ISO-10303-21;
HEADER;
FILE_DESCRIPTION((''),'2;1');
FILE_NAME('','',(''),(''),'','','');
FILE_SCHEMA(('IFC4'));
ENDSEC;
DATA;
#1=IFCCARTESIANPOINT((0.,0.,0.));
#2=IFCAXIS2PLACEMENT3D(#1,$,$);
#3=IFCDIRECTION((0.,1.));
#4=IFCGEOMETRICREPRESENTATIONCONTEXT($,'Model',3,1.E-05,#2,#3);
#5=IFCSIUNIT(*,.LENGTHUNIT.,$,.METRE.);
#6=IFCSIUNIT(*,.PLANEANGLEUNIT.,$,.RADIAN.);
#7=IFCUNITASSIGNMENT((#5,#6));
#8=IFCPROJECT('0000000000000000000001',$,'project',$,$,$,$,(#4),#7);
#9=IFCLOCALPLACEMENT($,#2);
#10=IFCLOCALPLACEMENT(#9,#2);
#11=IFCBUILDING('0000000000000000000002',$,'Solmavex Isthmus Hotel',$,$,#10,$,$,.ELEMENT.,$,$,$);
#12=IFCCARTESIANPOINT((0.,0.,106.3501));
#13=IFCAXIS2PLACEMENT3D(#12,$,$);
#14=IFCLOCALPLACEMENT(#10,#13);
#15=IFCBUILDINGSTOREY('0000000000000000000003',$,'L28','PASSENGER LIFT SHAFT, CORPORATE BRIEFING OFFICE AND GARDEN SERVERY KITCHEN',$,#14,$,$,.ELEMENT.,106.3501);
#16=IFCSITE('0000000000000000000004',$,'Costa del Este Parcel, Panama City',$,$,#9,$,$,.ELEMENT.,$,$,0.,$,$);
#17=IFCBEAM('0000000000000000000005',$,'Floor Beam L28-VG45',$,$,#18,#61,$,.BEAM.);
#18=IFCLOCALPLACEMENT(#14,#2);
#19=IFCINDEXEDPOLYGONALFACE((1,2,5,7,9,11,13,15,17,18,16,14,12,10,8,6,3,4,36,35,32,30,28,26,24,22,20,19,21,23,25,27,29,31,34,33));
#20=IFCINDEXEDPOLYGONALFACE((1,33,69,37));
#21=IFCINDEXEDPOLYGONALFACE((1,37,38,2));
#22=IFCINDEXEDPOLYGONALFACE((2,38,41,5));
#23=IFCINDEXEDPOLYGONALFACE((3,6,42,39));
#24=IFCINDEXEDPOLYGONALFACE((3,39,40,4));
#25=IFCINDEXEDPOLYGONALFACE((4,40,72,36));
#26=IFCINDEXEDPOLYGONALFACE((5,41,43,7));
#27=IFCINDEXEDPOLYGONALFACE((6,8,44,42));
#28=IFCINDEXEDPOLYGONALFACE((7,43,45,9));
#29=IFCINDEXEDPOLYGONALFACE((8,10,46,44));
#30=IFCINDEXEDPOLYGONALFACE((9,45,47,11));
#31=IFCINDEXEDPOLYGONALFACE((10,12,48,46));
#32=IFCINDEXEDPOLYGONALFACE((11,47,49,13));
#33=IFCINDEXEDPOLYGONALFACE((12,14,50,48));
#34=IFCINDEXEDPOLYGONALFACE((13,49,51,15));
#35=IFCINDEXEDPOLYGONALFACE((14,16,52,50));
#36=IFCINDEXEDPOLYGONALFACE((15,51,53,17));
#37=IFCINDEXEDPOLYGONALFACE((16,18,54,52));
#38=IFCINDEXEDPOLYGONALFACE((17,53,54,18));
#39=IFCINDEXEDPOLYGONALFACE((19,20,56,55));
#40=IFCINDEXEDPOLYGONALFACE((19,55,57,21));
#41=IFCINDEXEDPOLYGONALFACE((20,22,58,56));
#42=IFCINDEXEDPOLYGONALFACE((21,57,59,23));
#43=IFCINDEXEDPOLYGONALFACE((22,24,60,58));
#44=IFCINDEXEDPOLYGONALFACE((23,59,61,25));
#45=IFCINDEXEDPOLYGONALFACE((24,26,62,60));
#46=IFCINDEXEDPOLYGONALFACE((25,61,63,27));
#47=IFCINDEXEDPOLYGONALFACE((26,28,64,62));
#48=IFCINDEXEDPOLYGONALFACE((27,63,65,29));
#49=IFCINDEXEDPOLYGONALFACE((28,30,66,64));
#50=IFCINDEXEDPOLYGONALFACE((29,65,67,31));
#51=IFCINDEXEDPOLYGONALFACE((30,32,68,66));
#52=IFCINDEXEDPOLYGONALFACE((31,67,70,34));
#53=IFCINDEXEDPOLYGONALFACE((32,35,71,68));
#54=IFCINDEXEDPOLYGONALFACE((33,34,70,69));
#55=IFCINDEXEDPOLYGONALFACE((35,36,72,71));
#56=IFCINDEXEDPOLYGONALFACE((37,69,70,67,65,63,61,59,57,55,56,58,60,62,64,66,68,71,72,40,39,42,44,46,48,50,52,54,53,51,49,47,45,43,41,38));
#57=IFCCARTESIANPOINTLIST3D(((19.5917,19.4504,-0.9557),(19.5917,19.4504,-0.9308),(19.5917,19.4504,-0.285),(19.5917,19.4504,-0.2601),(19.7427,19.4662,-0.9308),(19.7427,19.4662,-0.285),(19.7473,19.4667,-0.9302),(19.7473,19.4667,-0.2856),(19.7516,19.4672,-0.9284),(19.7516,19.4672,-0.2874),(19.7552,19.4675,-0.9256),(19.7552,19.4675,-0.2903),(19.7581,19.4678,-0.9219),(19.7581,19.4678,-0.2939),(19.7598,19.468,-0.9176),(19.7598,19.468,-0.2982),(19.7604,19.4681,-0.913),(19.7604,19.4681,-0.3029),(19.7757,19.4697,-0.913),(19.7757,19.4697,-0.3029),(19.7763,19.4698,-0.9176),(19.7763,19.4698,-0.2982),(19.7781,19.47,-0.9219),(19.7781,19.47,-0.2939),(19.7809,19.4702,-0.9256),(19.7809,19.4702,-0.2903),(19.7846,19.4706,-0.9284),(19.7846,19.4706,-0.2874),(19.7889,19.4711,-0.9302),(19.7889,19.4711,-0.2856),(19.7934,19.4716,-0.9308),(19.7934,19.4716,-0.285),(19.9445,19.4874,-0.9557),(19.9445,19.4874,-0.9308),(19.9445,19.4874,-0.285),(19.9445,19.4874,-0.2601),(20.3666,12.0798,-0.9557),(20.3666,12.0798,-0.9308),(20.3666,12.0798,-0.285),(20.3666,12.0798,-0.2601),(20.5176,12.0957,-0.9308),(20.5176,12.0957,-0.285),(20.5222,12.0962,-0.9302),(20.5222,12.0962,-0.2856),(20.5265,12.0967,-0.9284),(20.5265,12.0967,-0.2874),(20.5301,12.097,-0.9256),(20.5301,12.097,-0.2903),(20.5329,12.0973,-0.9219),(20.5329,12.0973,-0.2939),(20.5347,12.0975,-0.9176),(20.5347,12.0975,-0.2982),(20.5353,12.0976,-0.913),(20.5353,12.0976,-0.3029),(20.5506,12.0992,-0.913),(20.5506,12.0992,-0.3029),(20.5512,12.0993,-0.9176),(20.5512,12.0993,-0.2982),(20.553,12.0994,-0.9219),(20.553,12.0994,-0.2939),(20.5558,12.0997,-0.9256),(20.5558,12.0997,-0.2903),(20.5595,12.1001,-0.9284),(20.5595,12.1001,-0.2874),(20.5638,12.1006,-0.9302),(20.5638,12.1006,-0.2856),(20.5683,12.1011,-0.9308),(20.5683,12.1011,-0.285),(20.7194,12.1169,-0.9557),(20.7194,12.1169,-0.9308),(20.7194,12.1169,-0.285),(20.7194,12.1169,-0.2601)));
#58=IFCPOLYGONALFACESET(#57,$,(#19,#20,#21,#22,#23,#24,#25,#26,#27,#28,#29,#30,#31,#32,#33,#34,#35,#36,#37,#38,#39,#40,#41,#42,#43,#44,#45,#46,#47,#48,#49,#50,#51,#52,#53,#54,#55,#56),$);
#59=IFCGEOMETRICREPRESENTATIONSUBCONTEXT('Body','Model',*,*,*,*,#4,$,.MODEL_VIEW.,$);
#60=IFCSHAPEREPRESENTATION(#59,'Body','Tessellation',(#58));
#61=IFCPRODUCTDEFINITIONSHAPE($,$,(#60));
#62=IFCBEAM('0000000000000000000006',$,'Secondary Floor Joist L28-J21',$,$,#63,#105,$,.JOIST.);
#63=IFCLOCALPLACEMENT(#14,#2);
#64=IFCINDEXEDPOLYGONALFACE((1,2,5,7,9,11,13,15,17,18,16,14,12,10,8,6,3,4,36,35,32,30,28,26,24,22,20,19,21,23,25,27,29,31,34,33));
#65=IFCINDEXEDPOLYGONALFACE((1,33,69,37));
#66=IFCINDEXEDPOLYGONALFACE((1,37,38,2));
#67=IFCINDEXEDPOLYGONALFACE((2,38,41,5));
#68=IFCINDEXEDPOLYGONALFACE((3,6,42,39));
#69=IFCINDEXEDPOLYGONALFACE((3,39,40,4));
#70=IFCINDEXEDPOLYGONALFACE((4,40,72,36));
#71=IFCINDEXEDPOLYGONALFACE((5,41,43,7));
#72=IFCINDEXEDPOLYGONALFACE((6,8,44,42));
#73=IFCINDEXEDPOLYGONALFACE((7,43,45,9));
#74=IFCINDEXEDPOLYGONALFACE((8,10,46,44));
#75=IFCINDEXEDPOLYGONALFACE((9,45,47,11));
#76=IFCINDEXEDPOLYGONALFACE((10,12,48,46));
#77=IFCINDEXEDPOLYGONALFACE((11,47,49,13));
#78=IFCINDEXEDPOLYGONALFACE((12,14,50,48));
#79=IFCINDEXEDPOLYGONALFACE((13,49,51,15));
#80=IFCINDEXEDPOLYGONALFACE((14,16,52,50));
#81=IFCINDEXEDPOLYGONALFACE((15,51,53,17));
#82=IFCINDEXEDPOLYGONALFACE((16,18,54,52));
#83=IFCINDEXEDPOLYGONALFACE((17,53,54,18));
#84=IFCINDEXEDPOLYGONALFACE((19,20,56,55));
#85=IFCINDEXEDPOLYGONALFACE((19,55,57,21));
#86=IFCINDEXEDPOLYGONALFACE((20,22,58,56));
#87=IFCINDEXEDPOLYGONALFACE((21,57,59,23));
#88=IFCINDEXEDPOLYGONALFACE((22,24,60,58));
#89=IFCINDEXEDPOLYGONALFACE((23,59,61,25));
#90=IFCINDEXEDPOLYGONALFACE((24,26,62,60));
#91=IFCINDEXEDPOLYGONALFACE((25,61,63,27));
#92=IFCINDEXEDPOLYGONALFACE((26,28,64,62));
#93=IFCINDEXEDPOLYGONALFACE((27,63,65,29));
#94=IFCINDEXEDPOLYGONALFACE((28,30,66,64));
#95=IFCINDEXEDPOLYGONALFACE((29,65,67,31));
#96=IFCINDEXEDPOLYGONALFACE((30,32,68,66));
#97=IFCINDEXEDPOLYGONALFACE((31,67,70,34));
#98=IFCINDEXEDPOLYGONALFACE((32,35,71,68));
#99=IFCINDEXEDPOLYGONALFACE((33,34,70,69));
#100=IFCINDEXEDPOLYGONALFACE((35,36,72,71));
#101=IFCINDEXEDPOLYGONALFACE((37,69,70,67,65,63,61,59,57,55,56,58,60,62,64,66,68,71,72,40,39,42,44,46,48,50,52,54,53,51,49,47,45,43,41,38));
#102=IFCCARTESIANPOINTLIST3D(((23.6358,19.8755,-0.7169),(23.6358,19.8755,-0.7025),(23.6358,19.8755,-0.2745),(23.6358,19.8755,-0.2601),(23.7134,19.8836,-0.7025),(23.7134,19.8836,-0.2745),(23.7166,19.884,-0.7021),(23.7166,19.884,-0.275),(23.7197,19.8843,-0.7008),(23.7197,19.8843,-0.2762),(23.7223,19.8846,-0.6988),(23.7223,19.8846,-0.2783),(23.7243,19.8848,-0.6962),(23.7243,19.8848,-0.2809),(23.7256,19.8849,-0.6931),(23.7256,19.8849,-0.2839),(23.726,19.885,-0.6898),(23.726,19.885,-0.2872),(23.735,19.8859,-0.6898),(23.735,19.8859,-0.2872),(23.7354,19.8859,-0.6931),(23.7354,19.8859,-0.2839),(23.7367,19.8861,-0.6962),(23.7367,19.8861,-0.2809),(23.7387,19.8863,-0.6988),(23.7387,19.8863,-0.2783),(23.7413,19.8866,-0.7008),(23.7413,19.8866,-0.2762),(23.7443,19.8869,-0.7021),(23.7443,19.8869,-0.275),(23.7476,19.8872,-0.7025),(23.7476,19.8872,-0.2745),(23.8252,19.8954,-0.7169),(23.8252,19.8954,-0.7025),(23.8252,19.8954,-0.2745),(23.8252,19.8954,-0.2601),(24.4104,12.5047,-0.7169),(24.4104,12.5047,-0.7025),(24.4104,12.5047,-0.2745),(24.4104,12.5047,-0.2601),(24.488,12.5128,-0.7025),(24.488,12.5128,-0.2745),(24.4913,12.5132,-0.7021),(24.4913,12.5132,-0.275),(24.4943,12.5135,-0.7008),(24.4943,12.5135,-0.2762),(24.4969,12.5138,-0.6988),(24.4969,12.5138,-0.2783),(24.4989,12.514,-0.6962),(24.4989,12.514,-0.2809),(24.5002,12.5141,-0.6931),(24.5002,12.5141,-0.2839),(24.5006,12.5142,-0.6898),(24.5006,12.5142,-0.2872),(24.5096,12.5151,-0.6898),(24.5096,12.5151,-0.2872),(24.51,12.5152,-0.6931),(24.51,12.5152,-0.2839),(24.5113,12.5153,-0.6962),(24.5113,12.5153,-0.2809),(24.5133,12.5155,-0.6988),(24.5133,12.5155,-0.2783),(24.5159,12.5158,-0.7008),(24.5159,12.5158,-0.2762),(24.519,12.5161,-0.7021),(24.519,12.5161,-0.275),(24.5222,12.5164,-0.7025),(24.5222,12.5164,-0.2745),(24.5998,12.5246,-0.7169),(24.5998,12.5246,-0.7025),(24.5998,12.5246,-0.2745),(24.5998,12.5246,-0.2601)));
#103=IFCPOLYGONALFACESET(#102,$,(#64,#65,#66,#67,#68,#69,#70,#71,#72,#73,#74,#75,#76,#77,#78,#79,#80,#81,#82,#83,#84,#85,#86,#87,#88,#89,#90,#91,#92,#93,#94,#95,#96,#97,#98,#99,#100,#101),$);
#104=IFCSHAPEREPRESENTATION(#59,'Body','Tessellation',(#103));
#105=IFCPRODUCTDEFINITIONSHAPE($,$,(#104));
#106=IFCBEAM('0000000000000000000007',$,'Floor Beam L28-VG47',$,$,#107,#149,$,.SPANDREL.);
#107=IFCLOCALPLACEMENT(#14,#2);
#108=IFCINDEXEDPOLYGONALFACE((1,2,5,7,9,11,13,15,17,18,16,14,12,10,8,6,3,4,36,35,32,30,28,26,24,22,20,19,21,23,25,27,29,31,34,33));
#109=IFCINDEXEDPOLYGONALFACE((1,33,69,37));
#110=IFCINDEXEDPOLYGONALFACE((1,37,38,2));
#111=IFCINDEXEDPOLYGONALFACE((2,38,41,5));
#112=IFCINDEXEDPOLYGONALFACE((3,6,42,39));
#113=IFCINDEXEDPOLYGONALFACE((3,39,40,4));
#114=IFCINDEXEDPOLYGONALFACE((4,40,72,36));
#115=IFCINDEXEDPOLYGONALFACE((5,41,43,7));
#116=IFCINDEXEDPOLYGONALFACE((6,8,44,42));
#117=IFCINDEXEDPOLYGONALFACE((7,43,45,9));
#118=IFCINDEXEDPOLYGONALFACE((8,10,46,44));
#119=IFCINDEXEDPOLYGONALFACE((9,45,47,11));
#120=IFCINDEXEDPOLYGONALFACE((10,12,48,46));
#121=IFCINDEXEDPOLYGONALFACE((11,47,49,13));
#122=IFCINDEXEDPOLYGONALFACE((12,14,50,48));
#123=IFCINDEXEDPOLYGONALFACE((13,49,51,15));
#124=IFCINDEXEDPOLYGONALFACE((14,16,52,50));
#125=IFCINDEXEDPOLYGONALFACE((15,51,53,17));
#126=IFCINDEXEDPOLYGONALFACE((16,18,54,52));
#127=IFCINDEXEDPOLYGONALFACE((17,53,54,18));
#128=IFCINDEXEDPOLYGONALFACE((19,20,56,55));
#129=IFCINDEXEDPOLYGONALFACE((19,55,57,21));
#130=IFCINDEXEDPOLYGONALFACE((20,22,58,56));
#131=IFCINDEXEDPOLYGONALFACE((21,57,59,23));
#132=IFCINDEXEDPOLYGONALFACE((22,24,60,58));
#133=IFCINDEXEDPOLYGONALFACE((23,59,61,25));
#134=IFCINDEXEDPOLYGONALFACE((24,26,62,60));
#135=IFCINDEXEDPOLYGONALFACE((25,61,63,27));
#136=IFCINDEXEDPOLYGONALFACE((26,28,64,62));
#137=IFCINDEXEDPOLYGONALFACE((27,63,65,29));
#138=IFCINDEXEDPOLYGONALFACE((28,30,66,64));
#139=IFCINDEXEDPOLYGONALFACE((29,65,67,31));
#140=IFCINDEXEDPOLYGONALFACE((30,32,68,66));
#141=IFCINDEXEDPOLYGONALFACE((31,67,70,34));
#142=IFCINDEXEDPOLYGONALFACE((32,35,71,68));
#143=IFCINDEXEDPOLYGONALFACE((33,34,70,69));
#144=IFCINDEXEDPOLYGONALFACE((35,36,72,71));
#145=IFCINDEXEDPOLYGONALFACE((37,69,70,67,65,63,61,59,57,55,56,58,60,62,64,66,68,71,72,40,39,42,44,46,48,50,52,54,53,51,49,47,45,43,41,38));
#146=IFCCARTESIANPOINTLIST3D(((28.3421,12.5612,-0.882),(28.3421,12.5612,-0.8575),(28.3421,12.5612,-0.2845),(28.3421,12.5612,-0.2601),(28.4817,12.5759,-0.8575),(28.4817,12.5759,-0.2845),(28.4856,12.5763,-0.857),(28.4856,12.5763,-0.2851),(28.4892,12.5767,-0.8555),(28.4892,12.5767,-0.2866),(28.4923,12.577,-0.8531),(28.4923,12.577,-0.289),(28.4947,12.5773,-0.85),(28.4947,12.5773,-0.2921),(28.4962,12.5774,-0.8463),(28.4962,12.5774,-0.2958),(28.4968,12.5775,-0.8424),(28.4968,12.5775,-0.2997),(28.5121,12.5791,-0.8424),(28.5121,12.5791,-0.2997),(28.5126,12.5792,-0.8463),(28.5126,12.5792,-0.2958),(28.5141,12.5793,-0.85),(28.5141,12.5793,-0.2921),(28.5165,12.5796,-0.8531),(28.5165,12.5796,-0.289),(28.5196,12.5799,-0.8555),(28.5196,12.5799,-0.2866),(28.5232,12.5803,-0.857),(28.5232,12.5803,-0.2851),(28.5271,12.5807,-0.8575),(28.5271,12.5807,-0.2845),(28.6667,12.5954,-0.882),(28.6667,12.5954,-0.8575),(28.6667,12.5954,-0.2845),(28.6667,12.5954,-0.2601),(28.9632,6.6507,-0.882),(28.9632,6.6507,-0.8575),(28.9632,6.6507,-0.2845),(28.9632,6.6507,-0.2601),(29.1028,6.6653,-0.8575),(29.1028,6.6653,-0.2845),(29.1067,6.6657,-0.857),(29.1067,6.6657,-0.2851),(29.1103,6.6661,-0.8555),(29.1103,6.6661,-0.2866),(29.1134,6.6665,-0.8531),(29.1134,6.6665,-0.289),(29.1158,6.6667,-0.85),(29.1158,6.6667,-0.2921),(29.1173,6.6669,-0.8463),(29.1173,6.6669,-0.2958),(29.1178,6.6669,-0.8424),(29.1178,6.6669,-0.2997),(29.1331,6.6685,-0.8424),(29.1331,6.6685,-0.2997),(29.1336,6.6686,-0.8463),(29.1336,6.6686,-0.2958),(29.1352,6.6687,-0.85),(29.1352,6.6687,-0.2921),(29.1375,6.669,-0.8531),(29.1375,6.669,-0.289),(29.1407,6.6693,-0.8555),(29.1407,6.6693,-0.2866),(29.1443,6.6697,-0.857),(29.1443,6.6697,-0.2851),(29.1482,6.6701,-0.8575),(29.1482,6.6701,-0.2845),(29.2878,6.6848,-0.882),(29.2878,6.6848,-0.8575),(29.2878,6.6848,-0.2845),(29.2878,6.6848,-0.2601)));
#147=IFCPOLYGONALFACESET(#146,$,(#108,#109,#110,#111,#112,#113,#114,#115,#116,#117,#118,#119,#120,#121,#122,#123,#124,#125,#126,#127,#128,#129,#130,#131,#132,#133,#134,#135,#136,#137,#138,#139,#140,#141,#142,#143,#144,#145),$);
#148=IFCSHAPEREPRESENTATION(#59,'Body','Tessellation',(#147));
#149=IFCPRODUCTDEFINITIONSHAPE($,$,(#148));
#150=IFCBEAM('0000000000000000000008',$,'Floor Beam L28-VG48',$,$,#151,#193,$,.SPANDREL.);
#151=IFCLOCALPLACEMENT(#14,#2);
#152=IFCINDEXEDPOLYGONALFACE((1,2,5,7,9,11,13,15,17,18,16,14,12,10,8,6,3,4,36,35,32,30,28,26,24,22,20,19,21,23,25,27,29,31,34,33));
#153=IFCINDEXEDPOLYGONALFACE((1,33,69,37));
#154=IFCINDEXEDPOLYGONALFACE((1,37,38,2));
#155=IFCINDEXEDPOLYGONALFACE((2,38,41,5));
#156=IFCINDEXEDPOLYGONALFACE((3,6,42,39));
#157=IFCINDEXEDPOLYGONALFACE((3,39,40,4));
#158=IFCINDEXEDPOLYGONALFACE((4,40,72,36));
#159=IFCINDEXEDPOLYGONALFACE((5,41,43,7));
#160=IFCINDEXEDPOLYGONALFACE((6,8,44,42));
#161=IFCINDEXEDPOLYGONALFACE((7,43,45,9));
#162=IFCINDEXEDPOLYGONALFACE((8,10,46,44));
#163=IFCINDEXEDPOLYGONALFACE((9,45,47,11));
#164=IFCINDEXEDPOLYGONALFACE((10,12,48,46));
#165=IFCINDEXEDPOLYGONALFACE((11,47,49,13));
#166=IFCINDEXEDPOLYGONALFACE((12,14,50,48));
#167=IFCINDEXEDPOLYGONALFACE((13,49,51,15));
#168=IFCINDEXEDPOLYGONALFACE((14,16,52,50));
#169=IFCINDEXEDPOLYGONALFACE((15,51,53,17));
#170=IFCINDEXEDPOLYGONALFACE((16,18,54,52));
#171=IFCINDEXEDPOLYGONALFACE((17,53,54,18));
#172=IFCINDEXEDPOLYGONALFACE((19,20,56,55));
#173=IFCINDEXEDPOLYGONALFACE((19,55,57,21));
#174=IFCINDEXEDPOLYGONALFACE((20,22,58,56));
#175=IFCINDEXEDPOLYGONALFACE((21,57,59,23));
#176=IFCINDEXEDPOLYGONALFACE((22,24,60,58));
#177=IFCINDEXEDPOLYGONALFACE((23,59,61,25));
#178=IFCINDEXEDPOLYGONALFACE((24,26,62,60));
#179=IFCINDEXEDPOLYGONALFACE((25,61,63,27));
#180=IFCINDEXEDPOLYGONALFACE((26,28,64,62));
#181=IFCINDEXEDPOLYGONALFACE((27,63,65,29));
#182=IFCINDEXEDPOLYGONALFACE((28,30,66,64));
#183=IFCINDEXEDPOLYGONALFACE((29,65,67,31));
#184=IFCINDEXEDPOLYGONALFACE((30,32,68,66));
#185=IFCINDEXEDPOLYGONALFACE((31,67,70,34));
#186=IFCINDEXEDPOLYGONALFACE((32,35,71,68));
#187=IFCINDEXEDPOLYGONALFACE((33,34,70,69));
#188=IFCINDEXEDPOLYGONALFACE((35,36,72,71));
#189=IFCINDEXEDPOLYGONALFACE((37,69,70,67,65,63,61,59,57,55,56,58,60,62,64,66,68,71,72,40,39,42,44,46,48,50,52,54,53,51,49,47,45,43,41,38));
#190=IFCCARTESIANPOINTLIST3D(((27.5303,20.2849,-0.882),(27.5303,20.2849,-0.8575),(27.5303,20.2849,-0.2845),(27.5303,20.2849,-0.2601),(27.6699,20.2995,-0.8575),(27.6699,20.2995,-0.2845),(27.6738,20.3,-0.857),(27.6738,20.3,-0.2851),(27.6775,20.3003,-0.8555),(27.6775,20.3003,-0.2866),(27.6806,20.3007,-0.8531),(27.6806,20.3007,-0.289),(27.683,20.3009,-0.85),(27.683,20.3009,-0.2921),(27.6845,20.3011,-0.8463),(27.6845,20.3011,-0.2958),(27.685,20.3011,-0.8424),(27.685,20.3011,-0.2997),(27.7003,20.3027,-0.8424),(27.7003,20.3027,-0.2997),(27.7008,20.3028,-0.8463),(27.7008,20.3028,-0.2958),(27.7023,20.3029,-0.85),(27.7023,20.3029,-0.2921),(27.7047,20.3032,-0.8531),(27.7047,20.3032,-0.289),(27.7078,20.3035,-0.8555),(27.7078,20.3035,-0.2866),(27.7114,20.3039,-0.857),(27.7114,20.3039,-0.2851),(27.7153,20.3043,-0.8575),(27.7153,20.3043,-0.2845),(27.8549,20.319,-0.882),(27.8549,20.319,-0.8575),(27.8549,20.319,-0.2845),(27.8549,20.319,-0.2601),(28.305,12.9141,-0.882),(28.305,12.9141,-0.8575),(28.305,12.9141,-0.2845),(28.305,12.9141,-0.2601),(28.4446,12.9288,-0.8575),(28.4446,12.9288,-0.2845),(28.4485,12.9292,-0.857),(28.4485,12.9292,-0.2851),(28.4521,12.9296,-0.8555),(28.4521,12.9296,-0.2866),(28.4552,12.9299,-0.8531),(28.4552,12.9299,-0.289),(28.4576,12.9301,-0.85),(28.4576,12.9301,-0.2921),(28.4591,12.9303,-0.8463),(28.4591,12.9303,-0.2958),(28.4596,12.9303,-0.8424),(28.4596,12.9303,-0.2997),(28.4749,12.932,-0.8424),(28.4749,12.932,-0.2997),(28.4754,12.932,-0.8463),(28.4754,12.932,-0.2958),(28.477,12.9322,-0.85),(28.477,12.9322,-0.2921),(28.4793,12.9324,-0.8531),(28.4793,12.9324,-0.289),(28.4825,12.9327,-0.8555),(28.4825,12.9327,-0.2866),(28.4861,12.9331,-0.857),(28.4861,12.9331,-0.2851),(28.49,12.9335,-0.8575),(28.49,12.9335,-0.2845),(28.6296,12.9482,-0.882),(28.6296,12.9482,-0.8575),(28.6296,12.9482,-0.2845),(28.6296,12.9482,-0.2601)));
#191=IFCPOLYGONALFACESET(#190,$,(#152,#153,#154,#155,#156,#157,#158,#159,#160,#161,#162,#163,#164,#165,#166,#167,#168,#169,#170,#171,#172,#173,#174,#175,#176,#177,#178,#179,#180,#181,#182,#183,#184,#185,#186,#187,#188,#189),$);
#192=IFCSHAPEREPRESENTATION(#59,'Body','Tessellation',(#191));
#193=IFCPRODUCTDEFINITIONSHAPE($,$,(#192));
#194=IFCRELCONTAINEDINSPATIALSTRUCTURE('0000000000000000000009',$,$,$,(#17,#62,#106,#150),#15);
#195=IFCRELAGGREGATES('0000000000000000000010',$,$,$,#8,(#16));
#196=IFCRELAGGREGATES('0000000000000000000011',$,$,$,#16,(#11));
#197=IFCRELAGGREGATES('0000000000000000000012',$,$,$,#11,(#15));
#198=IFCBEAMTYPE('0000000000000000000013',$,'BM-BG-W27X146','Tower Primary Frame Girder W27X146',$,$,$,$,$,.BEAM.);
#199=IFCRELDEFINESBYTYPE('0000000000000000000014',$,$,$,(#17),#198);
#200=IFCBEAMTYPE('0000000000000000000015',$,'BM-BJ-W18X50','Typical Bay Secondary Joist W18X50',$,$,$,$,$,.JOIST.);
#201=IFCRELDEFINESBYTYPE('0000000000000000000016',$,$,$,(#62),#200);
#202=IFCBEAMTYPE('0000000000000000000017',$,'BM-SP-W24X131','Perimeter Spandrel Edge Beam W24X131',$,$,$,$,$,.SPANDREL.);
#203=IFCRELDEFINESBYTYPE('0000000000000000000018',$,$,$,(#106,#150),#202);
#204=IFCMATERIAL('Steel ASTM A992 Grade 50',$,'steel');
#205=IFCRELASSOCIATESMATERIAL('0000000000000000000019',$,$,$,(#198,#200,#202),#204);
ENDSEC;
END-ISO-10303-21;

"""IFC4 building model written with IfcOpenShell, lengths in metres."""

from ifc_helpers import new_model, si_unit, direction, frame, origin, origin_2d, place, context, subcontext, project, spatial, i_section, extrude, material, material_profile, profile_set, type_object, element, save


model = new_model("IFC4")

# Units and contexts
model_context = context("Model", 3, precision=1e-05, world=origin(), true_north=direction((0.0, 1.0)))
body_context = subcontext(model_context, "Body", "Model", "MODEL_VIEW")
ifc_project = project(units=[si_unit("LENGTHUNIT", "METRE"), si_unit("PLANEANGLEUNIT", "RADIAN")], contexts=[model_context])

# Site, building, storey
site_placement = place(None, origin())
site = spatial("IfcSite", under=ifc_project, at=site_placement, Name="Costa del Este Parcel, Panama City", CompositionType="ELEMENT", RefElevation=0.0)
building_placement = place(site_placement, origin())
building = spatial("IfcBuilding", under=site, at=building_placement, Name="Solmavex Isthmus Hotel", CompositionType="ELEMENT")
storey_placement = place(building_placement, frame((0.0, 0.0, 106.3501)))
storey = spatial("IfcBuildingStorey", under=building, at=storey_placement, Name="L28", Description="PASSENGER LIFT SHAFT, CORPORATE BRIEFING OFFICE AND GARDEN SERVERY KITCHEN", CompositionType="ELEMENT", Elevation=106.3501)

# Beams
ifc_material_1 = material(Name="Steel ASTM A992 Grade 50", Category="steel")
ifc_material_profile_1 = material_profile(ifc_material_1, i_section(OverallWidth=0.3547, OverallDepth=0.6956, WebThickness=0.0154, FlangeThickness=0.0249, FilletRadius=0.0178, at=origin_2d()), Name="W27X146")
ifc_profile_set_1 = profile_set([ifc_material_profile_1], Name="Steel ASTM A992 Grade 50")
beam_type_1 = type_object("IfcBeamType", Name="BM-BG-W27X146", Description="Tower Primary Frame Girder W27X146", PredefinedType="BEAM", material=ifc_profile_set_1)
beam_1_placement = place(storey_placement, frame((20.543, 12.0984, -0.6079), z_axis=(-0.104558, 0.994519, 0.0), x_axis=(-0.994519, -0.104558, 0.0)))
element("IfcBeam", 1, at=beam_1_placement, inside=storey, type_object=beam_type_1, Name="Floor Beam L28-VG45", PredefinedType="BEAM", context=body_context, shape_type="SweptSolid", body=[
    extrude(i_section(OverallWidth=0.3547, OverallDepth=0.6956, WebThickness=0.0154, FlangeThickness=0.0249, FilletRadius=0.0178, at=origin_2d()), origin(), (0.0, 0.0, 1.0), 7.4111),
])
ifc_material_profile_2 = material_profile(ifc_material_1, i_section(OverallWidth=0.1904, OverallDepth=0.4568, WebThickness=0.009, FlangeThickness=0.0144, FilletRadius=0.0127, at=origin_2d()), Name="W18X50")
ifc_profile_set_2 = profile_set([ifc_material_profile_2], Name="Steel ASTM A992 Grade 50")
beam_type_2 = type_object("IfcBeamType", Name="BM-BJ-W18X50", Description="Typical Bay Secondary Joist W18X50", PredefinedType="JOIST", material=ifc_profile_set_2)
beam_2_placement = place(storey_placement, frame((24.5051, 12.5146, -0.4885), z_axis=(-0.104522, 0.994523, 0.0), x_axis=(-0.994523, -0.104522, 0.0)))
element("IfcBeam", 2, at=beam_2_placement, inside=storey, type_object=beam_type_2, Name="Secondary Floor Joist L28-J21", PredefinedType="JOIST", context=body_context, shape_type="SweptSolid", body=[
    extrude(i_section(OverallWidth=0.1904, OverallDepth=0.4568, WebThickness=0.009, FlangeThickness=0.0144, FilletRadius=0.0127, at=origin_2d()), origin(), (0.0, 0.0, 1.0), 7.4114),
])
ifc_material_profile_3 = material_profile(ifc_material_1, i_section(OverallWidth=0.3264, OverallDepth=0.6218, WebThickness=0.0154, FlangeThickness=0.0244, FilletRadius=0.0151, at=origin_2d()), Name="W24X131")
ifc_profile_set_3 = profile_set([ifc_material_profile_3], Name="Steel ASTM A992 Grade 50")
beam_type_3 = type_object("IfcBeamType", Name="BM-SP-W24X131", Description="Perimeter Spandrel Edge Beam W24X131", PredefinedType="SPANDREL", material=ifc_profile_set_3)
beam_3_placement = place(storey_placement, frame((29.1255, 6.6677, -0.571), z_axis=(-0.104505, 0.994524, 0.0), x_axis=(-0.994524, -0.104505, 0.0)))
element("IfcBeam", 3, at=beam_3_placement, inside=storey, type_object=beam_type_3, Name="Floor Beam L28-VG47", PredefinedType="SPANDREL", context=body_context, shape_type="SweptSolid", body=[
    extrude(i_section(OverallWidth=0.3264, OverallDepth=0.6218, WebThickness=0.0154, FlangeThickness=0.0244, FilletRadius=0.0151, at=origin_2d()), origin(), (0.0, 0.0, 1.0), 5.9431),
])
beam_4_placement = place(storey_placement, frame((28.4673, 12.9312, -0.571), z_axis=(-0.104522, 0.994523, 0.0), x_axis=(-0.994523, -0.104522, 0.0)))
element("IfcBeam", 4, at=beam_4_placement, inside=storey, type_object=beam_type_3, Name="Floor Beam L28-VG48", PredefinedType="SPANDREL", context=body_context, shape_type="SweptSolid", body=[
    extrude(i_section(OverallWidth=0.3264, OverallDepth=0.6218, WebThickness=0.0154, FlangeThickness=0.0244, FilletRadius=0.0151, at=origin_2d()), origin(), (0.0, 0.0, 1.0), 7.4114),
])

save(model, "model.ifc")
